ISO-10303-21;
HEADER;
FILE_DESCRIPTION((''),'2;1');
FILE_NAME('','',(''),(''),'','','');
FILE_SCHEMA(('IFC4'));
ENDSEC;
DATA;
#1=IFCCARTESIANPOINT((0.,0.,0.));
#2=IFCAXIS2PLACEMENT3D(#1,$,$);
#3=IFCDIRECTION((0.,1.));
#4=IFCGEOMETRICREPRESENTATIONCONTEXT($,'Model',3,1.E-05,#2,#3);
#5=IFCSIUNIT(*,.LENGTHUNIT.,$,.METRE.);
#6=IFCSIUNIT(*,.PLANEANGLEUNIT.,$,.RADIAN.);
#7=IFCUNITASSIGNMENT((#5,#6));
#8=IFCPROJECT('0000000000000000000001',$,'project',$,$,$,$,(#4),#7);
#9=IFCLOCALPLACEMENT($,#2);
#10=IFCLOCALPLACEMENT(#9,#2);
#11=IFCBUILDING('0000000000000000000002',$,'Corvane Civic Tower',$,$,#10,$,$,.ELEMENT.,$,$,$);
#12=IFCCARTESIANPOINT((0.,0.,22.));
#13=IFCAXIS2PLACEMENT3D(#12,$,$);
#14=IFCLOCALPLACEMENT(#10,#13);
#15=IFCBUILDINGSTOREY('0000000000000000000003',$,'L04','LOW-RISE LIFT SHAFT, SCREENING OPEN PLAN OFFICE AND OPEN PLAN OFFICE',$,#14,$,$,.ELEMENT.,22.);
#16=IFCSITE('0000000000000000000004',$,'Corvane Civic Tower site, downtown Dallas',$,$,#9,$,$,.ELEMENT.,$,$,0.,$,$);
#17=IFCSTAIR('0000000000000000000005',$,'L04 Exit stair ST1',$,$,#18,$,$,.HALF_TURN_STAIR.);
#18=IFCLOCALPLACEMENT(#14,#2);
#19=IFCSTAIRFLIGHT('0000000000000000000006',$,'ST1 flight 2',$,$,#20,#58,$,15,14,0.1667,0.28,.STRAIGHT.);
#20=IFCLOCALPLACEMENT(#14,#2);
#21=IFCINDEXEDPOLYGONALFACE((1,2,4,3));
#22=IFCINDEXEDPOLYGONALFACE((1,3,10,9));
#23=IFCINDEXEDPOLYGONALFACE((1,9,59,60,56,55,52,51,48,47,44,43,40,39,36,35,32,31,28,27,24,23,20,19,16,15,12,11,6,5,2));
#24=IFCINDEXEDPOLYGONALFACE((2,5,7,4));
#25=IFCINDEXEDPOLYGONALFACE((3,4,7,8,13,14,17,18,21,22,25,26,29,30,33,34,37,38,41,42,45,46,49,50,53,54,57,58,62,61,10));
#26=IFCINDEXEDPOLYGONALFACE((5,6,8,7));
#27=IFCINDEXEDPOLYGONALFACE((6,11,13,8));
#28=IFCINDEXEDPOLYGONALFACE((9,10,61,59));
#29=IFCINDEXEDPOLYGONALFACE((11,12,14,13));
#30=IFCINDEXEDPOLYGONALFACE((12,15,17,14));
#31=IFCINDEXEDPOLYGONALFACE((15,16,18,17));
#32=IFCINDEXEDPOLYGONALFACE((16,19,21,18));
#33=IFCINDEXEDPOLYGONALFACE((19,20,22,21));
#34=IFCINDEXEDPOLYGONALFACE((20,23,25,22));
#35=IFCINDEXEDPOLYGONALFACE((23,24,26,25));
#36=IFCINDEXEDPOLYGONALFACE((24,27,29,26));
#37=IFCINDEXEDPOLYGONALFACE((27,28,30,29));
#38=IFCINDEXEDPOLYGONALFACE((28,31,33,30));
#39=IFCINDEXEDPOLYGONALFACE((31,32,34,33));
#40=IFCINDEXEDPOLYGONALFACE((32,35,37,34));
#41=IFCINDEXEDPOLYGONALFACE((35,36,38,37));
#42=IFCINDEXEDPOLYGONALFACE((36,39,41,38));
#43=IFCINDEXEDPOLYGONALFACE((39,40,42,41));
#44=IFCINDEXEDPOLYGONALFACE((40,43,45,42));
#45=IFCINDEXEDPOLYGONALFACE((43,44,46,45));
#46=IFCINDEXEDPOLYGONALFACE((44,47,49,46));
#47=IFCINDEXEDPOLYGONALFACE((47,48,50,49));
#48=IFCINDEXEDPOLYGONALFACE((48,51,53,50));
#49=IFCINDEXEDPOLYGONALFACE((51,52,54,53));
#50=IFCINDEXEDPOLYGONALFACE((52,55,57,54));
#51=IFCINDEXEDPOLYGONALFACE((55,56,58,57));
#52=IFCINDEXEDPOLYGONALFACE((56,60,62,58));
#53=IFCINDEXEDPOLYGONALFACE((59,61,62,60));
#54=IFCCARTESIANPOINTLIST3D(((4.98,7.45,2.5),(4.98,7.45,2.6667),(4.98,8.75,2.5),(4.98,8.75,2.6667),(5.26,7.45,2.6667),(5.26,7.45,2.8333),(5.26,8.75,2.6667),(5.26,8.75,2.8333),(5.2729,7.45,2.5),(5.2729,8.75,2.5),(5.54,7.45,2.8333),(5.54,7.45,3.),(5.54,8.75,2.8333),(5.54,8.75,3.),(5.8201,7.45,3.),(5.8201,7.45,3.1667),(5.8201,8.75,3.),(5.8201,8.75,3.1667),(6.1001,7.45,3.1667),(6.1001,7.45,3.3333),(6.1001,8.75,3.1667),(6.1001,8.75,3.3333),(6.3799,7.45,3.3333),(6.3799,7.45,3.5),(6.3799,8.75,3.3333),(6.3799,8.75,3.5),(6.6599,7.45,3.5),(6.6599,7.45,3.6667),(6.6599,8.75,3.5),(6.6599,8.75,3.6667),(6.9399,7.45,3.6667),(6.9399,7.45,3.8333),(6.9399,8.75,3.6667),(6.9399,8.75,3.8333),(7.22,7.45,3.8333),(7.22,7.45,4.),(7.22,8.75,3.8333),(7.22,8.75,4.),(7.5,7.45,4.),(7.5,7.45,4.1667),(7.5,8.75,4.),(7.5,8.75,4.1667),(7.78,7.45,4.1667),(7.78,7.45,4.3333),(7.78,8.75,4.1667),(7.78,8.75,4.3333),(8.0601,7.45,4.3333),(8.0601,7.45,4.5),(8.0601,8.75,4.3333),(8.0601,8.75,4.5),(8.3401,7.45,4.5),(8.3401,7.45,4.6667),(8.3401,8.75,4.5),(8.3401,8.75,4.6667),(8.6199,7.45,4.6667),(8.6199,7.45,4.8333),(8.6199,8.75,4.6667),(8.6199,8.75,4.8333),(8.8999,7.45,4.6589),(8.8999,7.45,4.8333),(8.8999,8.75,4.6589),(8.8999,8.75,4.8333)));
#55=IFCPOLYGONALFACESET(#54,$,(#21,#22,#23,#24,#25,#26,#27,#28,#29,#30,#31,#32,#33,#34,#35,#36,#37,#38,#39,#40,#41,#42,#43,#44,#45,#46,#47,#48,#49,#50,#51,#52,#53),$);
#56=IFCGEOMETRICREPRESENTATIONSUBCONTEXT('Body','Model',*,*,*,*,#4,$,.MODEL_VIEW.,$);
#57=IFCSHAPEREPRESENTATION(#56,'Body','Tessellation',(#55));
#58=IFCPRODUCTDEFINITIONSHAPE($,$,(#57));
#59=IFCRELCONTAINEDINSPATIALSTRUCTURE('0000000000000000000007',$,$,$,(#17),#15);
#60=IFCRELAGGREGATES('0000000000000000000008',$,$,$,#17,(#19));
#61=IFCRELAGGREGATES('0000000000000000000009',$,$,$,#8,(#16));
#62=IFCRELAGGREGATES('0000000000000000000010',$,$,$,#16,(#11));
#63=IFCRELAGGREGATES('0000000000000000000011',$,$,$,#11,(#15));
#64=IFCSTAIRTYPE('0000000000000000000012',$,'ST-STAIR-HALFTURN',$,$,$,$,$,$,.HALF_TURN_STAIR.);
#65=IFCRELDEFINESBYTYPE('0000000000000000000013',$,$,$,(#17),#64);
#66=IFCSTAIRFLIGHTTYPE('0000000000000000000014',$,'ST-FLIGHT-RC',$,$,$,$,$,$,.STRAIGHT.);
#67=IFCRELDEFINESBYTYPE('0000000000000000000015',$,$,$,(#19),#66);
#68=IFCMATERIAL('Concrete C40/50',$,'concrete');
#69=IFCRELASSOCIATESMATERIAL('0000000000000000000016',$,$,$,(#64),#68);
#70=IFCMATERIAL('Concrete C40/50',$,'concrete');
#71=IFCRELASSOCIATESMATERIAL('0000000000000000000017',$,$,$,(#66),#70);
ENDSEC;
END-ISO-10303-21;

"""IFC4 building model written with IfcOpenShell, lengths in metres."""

from ifc_helpers import new_model, si_unit, direction, frame, origin, place, context, subcontext, project, spatial, polyline, outline, extrude, material, type_object, element, aggregate, save


model = new_model("IFC4")

# Units and contexts
model_context = context("Model", 3, precision=1e-05, world=origin(), true_north=direction((0.0, 1.0)))
body_context = subcontext(model_context, "Body", "Model", "MODEL_VIEW")
ifc_project = project(units=[si_unit("LENGTHUNIT", "METRE"), si_unit("PLANEANGLEUNIT", "RADIAN")], contexts=[model_context])

# Site, building, storey
site_placement = place(None, origin())
site = spatial("IfcSite", under=ifc_project, at=site_placement, Name="Corvane Civic Tower site, downtown Dallas", CompositionType="ELEMENT", RefElevation=0.0)
building_placement = place(site_placement, origin())
building = spatial("IfcBuilding", under=site, at=building_placement, Name="Corvane Civic Tower", CompositionType="ELEMENT")
storey_placement = place(building_placement, frame((0.0, 0.0, 22.0)))
storey = spatial("IfcBuildingStorey", under=building, at=storey_placement, Name="L04", Description="LOW-RISE LIFT SHAFT, SCREENING OPEN PLAN OFFICE AND OPEN PLAN OFFICE", CompositionType="ELEMENT", Elevation=22.0)

# Stair, stair flight
ifc_material_1 = material(Name="Concrete C40/50", Category="concrete")
stair_type = type_object("IfcStairType", Name="ST-STAIR-HALFTURN", PredefinedType="HALF_TURN_STAIR", material=ifc_material_1)
stair_placement = place(storey_placement, origin())
stair = element("IfcStair", 1, at=stair_placement, inside=storey, type_object=stair_type, Name="L04 Exit stair ST1", PredefinedType="HALF_TURN_STAIR")
ifc_material_2 = material(Name="Concrete C40/50", Category="concrete")
stair_flight_type = type_object("IfcStairFlightType", Name="ST-FLIGHT-RC", PredefinedType="STRAIGHT", material=ifc_material_2)
stair_flight_1_placement = place(storey_placement, frame((4.98, 8.1001, 2.5), z_axis=(0.0, 0.0, 1.0), x_axis=(1.0, 0.0, 0.0)))
stair_flight_1 = element("IfcStairFlight", 2, at=stair_flight_1_placement, type_object=stair_flight_type, Name="ST1 flight 2", NumberOfRisers=15, NumberOfTreads=14, PredefinedType="STRAIGHT", RiserHeight=0.1667, TreadLength=0.28, context=body_context, shape_type="SweptSolid", body=[
    extrude(outline(polyline([(0.0, 0.0), (0.0, 0.1667), (0.28, 0.1667), (0.28, 0.3333), (0.5601, 0.3333), (0.5601, 0.5), (0.8401, 0.5), (0.8401, 0.6667), (1.1201, 0.6667), (1.1201, 0.8333), (1.3999, 0.8333), (1.3999, 1.0), (1.6799, 1.0), (1.6799, 1.1667), (1.96, 1.1667), (1.96, 1.3333), (2.24, 1.3333), (2.24, 1.5), (2.52, 1.5), (2.52, 1.6667), (2.8, 1.6667), (2.8, 1.8333), (3.0801, 1.8333), (3.0801, 2.0), (3.3601, 2.0), (3.3601, 2.1667), (3.6399, 2.1667), (3.6399, 2.3333), (3.9199, 2.3333), (3.9199, 2.5), (3.9199, 2.1589), (0.293, 0.0), (0.0, 0.0)])), frame((0.0, 0.6499, 0.0), z_axis=(0.0, -1.0, 0.0), x_axis=(1.0, 0.0, 0.0)), (0.0, 0.0, 1.0), 1.3),
])
aggregate(stair, [stair_flight_1])

save(model, "model.ifc")
